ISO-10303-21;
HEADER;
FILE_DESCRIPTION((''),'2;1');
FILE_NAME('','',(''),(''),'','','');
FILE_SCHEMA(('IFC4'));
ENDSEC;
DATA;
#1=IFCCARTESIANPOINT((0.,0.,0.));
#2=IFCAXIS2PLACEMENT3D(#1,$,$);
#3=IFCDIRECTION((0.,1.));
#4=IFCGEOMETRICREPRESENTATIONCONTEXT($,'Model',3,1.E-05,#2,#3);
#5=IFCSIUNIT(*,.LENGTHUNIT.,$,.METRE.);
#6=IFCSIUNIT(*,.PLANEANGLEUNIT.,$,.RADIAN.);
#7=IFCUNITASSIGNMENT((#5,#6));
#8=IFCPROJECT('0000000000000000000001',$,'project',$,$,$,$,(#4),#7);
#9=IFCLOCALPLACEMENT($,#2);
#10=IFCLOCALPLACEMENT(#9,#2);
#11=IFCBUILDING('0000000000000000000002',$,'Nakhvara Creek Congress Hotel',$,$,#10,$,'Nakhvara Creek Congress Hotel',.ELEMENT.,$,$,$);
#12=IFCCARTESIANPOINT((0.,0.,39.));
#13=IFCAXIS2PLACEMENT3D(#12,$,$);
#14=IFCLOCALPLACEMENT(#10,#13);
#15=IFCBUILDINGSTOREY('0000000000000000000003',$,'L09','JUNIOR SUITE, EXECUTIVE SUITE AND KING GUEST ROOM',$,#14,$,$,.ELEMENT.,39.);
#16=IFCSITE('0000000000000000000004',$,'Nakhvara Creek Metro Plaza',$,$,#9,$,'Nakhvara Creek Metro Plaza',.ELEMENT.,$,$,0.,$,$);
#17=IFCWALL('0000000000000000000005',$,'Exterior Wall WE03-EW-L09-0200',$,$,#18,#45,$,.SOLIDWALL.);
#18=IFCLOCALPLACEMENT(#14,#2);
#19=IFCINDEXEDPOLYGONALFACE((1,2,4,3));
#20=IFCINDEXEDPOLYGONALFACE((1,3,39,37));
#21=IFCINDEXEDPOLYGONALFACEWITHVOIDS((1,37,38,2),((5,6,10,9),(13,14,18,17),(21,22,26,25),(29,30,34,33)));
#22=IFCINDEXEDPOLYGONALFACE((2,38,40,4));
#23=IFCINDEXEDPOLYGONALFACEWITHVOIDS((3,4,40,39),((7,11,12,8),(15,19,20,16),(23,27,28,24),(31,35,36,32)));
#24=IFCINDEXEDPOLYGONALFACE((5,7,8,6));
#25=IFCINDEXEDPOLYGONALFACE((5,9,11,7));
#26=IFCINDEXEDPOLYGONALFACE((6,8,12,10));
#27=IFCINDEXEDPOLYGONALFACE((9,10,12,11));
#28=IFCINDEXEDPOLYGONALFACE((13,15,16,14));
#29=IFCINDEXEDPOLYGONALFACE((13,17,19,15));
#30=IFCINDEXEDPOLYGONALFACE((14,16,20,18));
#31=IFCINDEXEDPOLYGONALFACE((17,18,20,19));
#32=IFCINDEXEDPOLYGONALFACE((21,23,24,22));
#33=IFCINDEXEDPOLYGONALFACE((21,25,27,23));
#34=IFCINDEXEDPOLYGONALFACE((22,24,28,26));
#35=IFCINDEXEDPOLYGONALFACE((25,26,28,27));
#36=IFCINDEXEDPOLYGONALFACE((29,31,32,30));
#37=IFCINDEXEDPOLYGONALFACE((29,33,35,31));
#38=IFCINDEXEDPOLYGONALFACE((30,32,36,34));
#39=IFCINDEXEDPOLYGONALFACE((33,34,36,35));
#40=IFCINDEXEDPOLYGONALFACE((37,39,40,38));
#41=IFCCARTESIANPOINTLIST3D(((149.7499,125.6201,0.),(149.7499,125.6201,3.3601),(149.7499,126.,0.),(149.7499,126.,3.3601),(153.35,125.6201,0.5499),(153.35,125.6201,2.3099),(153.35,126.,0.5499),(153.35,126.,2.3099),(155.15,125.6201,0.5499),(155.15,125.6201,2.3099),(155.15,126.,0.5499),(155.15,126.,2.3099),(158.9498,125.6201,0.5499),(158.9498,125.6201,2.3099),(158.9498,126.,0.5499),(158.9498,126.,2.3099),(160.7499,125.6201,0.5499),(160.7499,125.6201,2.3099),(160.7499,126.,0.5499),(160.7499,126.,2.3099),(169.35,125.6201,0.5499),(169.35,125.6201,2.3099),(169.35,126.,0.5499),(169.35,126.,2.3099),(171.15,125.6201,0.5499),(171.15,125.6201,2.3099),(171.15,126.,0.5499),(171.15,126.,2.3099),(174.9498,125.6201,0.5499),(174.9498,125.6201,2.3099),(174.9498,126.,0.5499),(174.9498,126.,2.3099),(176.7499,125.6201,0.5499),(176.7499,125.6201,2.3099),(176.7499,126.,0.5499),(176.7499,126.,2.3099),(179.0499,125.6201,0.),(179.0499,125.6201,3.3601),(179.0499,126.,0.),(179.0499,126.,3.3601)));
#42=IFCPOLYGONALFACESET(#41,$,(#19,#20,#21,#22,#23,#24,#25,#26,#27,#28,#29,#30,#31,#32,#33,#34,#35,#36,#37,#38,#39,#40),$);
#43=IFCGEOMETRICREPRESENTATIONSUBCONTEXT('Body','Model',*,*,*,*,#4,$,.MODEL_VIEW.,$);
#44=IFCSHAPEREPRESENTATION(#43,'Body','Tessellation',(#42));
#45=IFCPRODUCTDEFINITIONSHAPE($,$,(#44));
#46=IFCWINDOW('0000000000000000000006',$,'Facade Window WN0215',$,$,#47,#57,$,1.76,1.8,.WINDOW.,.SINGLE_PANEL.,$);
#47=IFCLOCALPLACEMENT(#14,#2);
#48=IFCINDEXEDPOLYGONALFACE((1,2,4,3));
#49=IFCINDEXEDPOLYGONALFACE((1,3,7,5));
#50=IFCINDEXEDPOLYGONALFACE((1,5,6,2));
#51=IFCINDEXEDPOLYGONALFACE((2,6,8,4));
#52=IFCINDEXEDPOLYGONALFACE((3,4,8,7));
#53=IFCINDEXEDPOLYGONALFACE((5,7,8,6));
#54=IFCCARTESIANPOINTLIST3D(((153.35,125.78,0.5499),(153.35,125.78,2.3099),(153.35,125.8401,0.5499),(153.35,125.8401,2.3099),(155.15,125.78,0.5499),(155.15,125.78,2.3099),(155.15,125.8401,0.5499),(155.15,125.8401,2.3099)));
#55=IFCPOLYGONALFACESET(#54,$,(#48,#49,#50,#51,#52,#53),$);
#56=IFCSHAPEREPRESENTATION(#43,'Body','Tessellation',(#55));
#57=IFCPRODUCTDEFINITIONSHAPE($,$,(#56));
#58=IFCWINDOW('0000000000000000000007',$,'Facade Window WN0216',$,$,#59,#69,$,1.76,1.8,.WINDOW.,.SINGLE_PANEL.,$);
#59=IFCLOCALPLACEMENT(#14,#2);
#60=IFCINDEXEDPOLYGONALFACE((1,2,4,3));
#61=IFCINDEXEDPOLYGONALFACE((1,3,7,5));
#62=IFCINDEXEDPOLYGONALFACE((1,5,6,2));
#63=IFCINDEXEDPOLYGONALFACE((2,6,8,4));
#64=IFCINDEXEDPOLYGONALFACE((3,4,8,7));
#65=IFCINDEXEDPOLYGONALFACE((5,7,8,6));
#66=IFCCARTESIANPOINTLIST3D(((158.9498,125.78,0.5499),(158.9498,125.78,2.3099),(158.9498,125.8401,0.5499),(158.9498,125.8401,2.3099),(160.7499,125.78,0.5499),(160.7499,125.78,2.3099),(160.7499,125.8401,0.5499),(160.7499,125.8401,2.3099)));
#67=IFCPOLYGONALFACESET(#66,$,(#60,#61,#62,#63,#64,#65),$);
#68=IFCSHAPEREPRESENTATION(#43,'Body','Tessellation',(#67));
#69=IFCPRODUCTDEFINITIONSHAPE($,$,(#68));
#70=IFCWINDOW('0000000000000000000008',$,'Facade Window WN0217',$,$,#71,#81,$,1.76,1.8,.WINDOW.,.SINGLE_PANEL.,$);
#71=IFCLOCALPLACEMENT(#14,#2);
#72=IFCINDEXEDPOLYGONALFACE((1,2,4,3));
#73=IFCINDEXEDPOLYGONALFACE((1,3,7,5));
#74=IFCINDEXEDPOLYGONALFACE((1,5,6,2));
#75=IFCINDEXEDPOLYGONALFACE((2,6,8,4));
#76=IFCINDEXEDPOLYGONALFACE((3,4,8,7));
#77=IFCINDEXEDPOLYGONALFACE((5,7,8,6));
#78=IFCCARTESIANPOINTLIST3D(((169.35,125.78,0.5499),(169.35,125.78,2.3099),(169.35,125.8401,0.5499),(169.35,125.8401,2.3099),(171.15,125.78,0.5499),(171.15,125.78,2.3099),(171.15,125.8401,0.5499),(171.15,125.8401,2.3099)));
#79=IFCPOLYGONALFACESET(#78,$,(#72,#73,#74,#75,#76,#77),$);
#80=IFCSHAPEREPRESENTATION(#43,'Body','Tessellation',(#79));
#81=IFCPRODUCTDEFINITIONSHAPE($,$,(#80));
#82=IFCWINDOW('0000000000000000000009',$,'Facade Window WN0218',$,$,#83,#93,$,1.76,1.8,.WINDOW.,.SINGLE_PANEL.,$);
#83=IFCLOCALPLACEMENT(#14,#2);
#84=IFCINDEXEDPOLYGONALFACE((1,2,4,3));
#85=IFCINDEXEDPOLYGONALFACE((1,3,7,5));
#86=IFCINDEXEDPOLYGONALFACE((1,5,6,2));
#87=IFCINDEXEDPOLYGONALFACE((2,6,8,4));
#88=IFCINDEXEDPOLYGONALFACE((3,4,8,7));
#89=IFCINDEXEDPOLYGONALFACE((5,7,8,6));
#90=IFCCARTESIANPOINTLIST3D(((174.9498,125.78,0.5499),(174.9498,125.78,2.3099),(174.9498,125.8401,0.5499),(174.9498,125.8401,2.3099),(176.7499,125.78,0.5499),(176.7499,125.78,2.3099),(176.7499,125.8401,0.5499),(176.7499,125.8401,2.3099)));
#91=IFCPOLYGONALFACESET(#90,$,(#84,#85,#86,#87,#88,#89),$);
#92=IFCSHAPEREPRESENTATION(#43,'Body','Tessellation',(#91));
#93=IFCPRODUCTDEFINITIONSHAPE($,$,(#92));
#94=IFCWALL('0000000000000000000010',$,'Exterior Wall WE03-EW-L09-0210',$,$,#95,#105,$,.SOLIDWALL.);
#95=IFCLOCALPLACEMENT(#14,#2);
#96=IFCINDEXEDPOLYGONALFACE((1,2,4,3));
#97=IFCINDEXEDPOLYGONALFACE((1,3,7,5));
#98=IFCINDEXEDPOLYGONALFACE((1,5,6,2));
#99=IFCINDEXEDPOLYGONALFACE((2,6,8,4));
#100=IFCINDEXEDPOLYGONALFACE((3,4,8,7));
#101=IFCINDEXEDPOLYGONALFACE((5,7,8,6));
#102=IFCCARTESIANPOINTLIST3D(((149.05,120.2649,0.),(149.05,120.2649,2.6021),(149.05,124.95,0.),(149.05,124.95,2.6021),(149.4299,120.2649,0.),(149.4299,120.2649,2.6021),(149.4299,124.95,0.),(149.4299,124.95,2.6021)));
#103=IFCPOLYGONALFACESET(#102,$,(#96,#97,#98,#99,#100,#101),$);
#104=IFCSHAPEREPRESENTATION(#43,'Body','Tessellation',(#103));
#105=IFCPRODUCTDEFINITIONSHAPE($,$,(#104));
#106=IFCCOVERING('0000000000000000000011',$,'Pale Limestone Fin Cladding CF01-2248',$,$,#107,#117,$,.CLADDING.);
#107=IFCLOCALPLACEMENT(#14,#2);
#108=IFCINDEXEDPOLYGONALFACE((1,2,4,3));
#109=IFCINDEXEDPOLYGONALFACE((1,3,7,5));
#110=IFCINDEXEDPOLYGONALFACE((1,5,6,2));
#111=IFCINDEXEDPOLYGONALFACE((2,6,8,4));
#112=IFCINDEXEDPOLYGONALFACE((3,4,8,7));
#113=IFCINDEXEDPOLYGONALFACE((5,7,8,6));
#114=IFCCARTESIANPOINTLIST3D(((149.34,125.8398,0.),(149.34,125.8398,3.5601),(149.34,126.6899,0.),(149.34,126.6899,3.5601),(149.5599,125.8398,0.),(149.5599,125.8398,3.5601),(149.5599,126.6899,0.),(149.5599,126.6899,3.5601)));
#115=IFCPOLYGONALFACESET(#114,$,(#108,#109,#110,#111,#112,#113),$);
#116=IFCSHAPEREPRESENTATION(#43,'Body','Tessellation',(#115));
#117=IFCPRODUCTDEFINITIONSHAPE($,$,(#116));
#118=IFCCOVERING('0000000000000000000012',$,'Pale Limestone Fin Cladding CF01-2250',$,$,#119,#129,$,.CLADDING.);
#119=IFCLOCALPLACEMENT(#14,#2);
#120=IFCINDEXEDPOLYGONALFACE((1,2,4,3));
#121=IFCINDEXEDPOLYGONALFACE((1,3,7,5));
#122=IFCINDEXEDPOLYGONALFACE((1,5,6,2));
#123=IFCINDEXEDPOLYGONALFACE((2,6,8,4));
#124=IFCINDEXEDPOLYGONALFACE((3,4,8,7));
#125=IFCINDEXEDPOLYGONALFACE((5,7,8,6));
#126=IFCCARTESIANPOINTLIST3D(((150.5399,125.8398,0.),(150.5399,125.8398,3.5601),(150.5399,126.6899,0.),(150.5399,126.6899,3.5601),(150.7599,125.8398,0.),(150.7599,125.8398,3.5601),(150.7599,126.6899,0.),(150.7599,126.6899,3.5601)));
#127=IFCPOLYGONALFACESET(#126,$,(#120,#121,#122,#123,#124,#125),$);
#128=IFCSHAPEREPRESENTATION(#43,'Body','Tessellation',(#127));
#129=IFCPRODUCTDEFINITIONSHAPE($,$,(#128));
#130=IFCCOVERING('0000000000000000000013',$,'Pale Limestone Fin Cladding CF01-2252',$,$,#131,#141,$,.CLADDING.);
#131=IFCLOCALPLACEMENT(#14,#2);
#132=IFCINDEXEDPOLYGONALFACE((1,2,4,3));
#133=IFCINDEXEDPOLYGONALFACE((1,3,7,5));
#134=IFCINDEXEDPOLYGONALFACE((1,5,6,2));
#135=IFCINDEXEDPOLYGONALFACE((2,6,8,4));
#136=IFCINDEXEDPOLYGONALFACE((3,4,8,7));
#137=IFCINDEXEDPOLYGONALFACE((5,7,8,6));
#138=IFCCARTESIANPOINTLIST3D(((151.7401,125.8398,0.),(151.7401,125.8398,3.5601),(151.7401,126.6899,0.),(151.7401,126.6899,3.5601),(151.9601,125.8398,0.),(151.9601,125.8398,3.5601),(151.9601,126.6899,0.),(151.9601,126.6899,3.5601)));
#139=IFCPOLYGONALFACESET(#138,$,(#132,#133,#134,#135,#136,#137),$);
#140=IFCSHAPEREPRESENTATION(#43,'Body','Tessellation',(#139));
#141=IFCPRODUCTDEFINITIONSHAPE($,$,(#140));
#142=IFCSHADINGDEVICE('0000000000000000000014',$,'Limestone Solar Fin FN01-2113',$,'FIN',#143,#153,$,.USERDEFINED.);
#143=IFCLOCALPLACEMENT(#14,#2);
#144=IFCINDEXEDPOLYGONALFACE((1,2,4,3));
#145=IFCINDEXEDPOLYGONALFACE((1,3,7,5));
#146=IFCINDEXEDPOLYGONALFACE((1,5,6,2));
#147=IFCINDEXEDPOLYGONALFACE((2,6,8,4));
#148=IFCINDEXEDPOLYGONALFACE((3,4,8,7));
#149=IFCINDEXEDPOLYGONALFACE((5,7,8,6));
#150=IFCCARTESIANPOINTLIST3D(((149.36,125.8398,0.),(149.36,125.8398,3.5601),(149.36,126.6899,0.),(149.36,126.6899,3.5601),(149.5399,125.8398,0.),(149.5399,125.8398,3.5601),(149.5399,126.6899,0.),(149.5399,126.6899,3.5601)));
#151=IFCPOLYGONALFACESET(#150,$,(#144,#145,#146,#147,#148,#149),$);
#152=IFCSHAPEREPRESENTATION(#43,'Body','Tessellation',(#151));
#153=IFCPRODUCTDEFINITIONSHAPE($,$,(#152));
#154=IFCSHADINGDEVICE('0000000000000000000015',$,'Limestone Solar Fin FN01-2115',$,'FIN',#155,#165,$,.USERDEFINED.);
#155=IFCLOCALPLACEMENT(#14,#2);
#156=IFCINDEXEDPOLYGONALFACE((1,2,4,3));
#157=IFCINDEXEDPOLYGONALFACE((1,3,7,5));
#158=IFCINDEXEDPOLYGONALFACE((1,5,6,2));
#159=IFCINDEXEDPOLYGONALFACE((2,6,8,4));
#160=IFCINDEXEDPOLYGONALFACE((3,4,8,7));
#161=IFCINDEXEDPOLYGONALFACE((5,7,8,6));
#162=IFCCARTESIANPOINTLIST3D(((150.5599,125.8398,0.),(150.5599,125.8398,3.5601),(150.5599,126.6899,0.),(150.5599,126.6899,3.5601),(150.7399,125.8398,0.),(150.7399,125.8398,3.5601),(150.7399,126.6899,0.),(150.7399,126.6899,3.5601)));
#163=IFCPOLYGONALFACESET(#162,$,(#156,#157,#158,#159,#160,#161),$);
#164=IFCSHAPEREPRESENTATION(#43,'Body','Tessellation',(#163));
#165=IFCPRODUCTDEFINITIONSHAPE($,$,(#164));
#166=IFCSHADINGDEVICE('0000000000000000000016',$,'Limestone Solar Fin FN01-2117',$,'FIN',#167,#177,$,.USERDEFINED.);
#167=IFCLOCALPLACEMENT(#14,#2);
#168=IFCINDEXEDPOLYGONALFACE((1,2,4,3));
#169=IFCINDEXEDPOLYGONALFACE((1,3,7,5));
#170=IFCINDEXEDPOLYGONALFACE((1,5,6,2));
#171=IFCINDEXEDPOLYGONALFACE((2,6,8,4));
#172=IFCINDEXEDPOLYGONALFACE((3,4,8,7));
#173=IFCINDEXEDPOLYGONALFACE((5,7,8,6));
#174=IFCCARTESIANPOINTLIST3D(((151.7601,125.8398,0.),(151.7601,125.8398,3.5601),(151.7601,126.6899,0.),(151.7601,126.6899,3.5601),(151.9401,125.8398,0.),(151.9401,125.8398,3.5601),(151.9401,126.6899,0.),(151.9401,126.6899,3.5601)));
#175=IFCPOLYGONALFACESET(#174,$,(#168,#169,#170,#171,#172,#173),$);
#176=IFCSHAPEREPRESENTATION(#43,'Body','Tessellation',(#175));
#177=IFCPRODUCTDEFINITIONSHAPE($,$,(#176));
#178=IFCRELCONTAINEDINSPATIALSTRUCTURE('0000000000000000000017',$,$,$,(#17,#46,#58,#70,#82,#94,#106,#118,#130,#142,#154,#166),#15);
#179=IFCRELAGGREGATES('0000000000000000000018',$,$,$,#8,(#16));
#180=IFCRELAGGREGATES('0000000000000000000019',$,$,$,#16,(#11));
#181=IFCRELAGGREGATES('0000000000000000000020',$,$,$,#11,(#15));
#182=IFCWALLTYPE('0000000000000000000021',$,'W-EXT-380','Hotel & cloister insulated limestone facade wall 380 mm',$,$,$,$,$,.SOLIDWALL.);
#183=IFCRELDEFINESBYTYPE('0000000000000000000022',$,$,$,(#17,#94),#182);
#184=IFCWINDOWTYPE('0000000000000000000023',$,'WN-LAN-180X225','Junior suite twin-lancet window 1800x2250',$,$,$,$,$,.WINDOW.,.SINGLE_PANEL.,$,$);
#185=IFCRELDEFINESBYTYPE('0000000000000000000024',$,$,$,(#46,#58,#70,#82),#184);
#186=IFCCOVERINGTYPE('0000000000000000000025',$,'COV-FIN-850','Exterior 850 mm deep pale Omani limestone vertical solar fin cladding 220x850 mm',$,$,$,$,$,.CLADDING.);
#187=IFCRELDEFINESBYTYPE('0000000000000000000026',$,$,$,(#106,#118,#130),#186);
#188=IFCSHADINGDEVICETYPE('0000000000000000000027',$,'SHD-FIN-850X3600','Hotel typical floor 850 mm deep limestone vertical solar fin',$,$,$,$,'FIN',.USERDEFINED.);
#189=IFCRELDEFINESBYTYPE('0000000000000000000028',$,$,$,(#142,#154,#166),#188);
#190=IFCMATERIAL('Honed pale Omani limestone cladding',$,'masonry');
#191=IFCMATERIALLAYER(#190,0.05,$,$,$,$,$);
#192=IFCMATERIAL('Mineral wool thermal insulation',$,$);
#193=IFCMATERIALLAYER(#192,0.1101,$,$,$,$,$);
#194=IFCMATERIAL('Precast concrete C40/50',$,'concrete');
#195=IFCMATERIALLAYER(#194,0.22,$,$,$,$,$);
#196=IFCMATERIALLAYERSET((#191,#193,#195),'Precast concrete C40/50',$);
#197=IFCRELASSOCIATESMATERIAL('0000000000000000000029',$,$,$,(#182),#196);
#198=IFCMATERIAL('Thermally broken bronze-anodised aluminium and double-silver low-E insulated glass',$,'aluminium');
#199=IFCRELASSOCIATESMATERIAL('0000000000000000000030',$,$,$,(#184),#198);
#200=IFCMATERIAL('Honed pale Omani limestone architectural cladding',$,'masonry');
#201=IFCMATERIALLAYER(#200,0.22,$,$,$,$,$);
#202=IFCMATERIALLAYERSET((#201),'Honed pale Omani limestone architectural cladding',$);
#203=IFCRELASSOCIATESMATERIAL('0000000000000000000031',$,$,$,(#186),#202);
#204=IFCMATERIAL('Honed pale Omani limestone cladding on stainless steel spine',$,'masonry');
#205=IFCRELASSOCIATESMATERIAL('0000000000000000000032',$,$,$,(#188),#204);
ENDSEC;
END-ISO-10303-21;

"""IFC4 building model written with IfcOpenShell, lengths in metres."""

from ifc_helpers import new_model, si_unit, direction, frame, frame_2d, origin, origin_2d, place, context, subcontext, project, spatial, rectangle, extrude, material, layer, layer_set, type_object, element, fill, save


model = new_model("IFC4")

# Units and contexts
model_context = context("Model", 3, precision=1e-05, world=origin(), true_north=direction((0.0, 1.0)))
body_context = subcontext(model_context, "Body", "Model", "MODEL_VIEW")
ifc_project = project(units=[si_unit("LENGTHUNIT", "METRE"), si_unit("PLANEANGLEUNIT", "RADIAN")], contexts=[model_context])

# Site, building, storey
site_placement = place(None, origin())
site = spatial("IfcSite", under=ifc_project, at=site_placement, Name="Nakhvara Creek Metro Plaza", LongName="Nakhvara Creek Metro Plaza", CompositionType="ELEMENT", RefElevation=0.0)
building_placement = place(site_placement, origin())
building = spatial("IfcBuilding", under=site, at=building_placement, Name="Nakhvara Creek Congress Hotel", LongName="Nakhvara Creek Congress Hotel", CompositionType="ELEMENT")
storey_placement = place(building_placement, frame((0.0, 0.0, 39.0)))
storey = spatial("IfcBuildingStorey", under=building, at=storey_placement, Name="L09", Description="JUNIOR SUITE, EXECUTIVE SUITE AND KING GUEST ROOM", CompositionType="ELEMENT", Elevation=39.0)

# Wall, openings, windows
ifc_material_1 = material(Name="Honed pale Omani limestone cladding", Category="masonry")
ifc_layer_1 = layer(ifc_material_1, 0.05)
ifc_material_2 = material(Name="Mineral wool thermal insulation")
ifc_layer_2 = layer(ifc_material_2, 0.1101)
ifc_material_3 = material(Name="Precast concrete C40/50", Category="concrete")
ifc_layer_3 = layer(ifc_material_3, 0.22)
ifc_layer_set_1 = layer_set([ifc_layer_1, ifc_layer_2, ifc_layer_3], Name="Precast concrete C40/50")
wall_type = type_object("IfcWallType", Name="W-EXT-380", Description="Hotel & cloister insulated limestone facade wall 380 mm", PredefinedType="SOLIDWALL", material=ifc_layer_set_1)
wall_1_placement = place(storey_placement, frame((149.75, 125.8101, 0.0), z_axis=(0.0, 0.0, 1.0), x_axis=(1.0, 0.0, 0.0)))
wall_1 = element("IfcWall", 1, at=wall_1_placement, inside=storey, type_object=wall_type, Name="Exterior Wall WE03-EW-L09-0200", PredefinedType="SOLIDWALL", context=body_context, shape_type="SweptSolid", body=[
    extrude(rectangle(XDim=29.3, YDim=0.3799, at=frame_2d((14.6499, 0.0))), origin(), (0.0, 0.0, 1.0), 3.3601),
])
opening_1_placement = place(wall_1_placement, frame((3.6001, 0.0, 0.55)))
opening_1 = element("IfcOpeningElement", 2, at=opening_1_placement, cuts=wall_1, PredefinedType="OPENING", context=body_context, shape_type="SweptSolid", body=[
    extrude(rectangle(XDim=1.8, YDim=1.76, at=frame_2d((0.8999, 0.8799))), frame((0.0, 0.2019, 0.0), z_axis=(0.0, -1.0, 0.0), x_axis=(1.0, 0.0, 0.0)), (0.0, 0.0, 1.0), 0.4038),
])
opening_2_placement = place(wall_1_placement, frame((9.2, 0.0, 0.55)))
opening_2 = element("IfcOpeningElement", 3, at=opening_2_placement, cuts=wall_1, PredefinedType="OPENING", context=body_context, shape_type="SweptSolid", body=[
    extrude(rectangle(XDim=1.8, YDim=1.76, at=frame_2d((0.8999, 0.8799))), frame((0.0, 0.2019, 0.0), z_axis=(0.0, -1.0, 0.0), x_axis=(1.0, 0.0, 0.0)), (0.0, 0.0, 1.0), 0.4038),
])
opening_3_placement = place(wall_1_placement, frame((19.6001, 0.0, 0.55)))
opening_3 = element("IfcOpeningElement", 4, at=opening_3_placement, cuts=wall_1, PredefinedType="OPENING", context=body_context, shape_type="SweptSolid", body=[
    extrude(rectangle(XDim=1.8, YDim=1.76, at=frame_2d((0.8999, 0.8799))), frame((0.0, 0.2019, 0.0), z_axis=(0.0, -1.0, 0.0), x_axis=(1.0, 0.0, 0.0)), (0.0, 0.0, 1.0), 0.4038),
])
opening_4_placement = place(wall_1_placement, frame((25.2, 0.0, 0.55)))
opening_4 = element("IfcOpeningElement", 5, at=opening_4_placement, cuts=wall_1, PredefinedType="OPENING", context=body_context, shape_type="SweptSolid", body=[
    extrude(rectangle(XDim=1.8, YDim=1.76, at=frame_2d((0.8999, 0.8799))), frame((0.0, 0.2019, 0.0), z_axis=(0.0, -1.0, 0.0), x_axis=(1.0, 0.0, 0.0)), (0.0, 0.0, 1.0), 0.4038),
])
ifc_material_4 = material(Name="Thermally broken bronze-anodised aluminium and double-silver low-E insulated glass", Category="aluminium")
window_type = type_object("IfcWindowType", Name="WN-LAN-180X225", Description="Junior suite twin-lancet window 1800x2250", PartitioningType="SINGLE_PANEL", PredefinedType="WINDOW", material=ifc_material_4)
window_1_placement = place(opening_1_placement, origin())
window_1 = element("IfcWindow", 6, at=window_1_placement, inside=storey, type_object=window_type, Name="Facade Window WN0215", OverallHeight=1.76, OverallWidth=1.8, PartitioningType="SINGLE_PANEL", PredefinedType="WINDOW", context=body_context, shape_type="SweptSolid", body=[
    extrude(rectangle(XDim=1.8, YDim=1.76, at=frame_2d((0.8999, 0.8799))), frame((0.0, 0.03, 0.0), z_axis=(0.0, -1.0, 0.0), x_axis=(1.0, 0.0, 0.0)), (0.0, 0.0, 1.0), 0.0601),
])
fill(opening_1, window_1)
window_2_placement = place(opening_2_placement, origin())
window_2 = element("IfcWindow", 7, at=window_2_placement, inside=storey, type_object=window_type, Name="Facade Window WN0216", OverallHeight=1.76, OverallWidth=1.8, PartitioningType="SINGLE_PANEL", PredefinedType="WINDOW", context=body_context, shape_type="SweptSolid", body=[
    extrude(rectangle(XDim=1.8, YDim=1.76, at=frame_2d((0.8999, 0.8799))), frame((0.0, 0.03, 0.0), z_axis=(0.0, -1.0, 0.0), x_axis=(1.0, 0.0, 0.0)), (0.0, 0.0, 1.0), 0.0601),
])
fill(opening_2, window_2)
window_3_placement = place(opening_3_placement, origin())
window_3 = element("IfcWindow", 8, at=window_3_placement, inside=storey, type_object=window_type, Name="Facade Window WN0217", OverallHeight=1.76, OverallWidth=1.8, PartitioningType="SINGLE_PANEL", PredefinedType="WINDOW", context=body_context, shape_type="SweptSolid", body=[
    extrude(rectangle(XDim=1.8, YDim=1.76, at=frame_2d((0.8999, 0.8799))), frame((0.0, 0.03, 0.0), z_axis=(0.0, -1.0, 0.0), x_axis=(1.0, 0.0, 0.0)), (0.0, 0.0, 1.0), 0.0601),
])
fill(opening_3, window_3)
window_4_placement = place(opening_4_placement, origin())
window_4 = element("IfcWindow", 9, at=window_4_placement, inside=storey, type_object=window_type, Name="Facade Window WN0218", OverallHeight=1.76, OverallWidth=1.8, PartitioningType="SINGLE_PANEL", PredefinedType="WINDOW", context=body_context, shape_type="SweptSolid", body=[
    extrude(rectangle(XDim=1.8, YDim=1.76, at=frame_2d((0.8999, 0.8799))), frame((0.0, 0.03, 0.0), z_axis=(0.0, -1.0, 0.0), x_axis=(1.0, 0.0, 0.0)), (0.0, 0.0, 1.0), 0.0601),
])
fill(opening_4, window_4)

# Wall
wall_2_placement = place(storey_placement, frame((149.24, 120.2649, 0.0), z_axis=(0.0, 0.0, 1.0), x_axis=(0.0, 1.0, 0.0)))
element("IfcWall", 10, at=wall_2_placement, inside=storey, type_object=wall_type, Name="Exterior Wall WE03-EW-L09-0210", PredefinedType="SOLIDWALL", context=body_context, shape_type="SweptSolid", body=[
    extrude(rectangle(XDim=4.6851, YDim=0.3799, at=frame_2d((2.3425, 0.0))), origin(), (0.0, 0.0, 1.0), 2.6021),
])

# Coverings
ifc_material_5 = material(Name="Honed pale Omani limestone architectural cladding", Category="masonry")
ifc_layer_4 = layer(ifc_material_5, 0.22)
ifc_layer_set_2 = layer_set([ifc_layer_4], Name="Honed pale Omani limestone architectural cladding")
covering_type = type_object("IfcCoveringType", Name="COV-FIN-850", Description="Exterior 850 mm deep pale Omani limestone vertical solar fin cladding 220x850 mm", PredefinedType="CLADDING", material=ifc_layer_set_2)
for number, where, z_axis, x_axis, name in (
    (11, (149.45, 126.2649, 0.0), (0.0, 0.0, 1.0), (1.0, 0.0, 0.0), "Pale Limestone Fin Cladding CF01-2248"),
    (12, (150.6499, 126.2649, 0.0), (0.0, 0.0, 1.0), (1.0, 0.0, 0.0), "Pale Limestone Fin Cladding CF01-2250"),
    (13, (151.8501, 126.2649, 0.0), (0.0, 0.0, 1.0), (1.0, 0.0, 0.0), "Pale Limestone Fin Cladding CF01-2252"),
):
    element("IfcCovering", number, at=place(storey_placement, frame(where, z_axis=z_axis, x_axis=x_axis)), inside=storey, type_object=covering_type, Name=name, PredefinedType="CLADDING", context=body_context, shape_type="SweptSolid", body=[
        extrude(rectangle(XDim=0.22, YDim=0.8501, at=origin_2d()), origin(), (0.0, 0.0, 1.0), 3.5601),
    ])

# Shading devices
ifc_material_6 = material(Name="Honed pale Omani limestone cladding on stainless steel spine", Category="masonry")
shading_device_type = type_object("IfcShadingDeviceType", Name="SHD-FIN-850X3600", Description="Hotel typical floor 850 mm deep limestone vertical solar fin", ElementType="FIN", PredefinedType="USERDEFINED", material=ifc_material_6)
for number, where, z_axis, x_axis, name in (
    (14, (149.45, 126.2649, 0.0), (0.0, 0.0, 1.0), (1.0, 0.0, 0.0), "Limestone Solar Fin FN01-2113"),
    (15, (150.6499, 126.2649, 0.0), (0.0, 0.0, 1.0), (1.0, 0.0, 0.0), "Limestone Solar Fin FN01-2115"),
    (16, (151.8501, 126.2649, 0.0), (0.0, 0.0, 1.0), (1.0, 0.0, 0.0), "Limestone Solar Fin FN01-2117"),
):
    element("IfcShadingDevice", number, at=place(storey_placement, frame(where, z_axis=z_axis, x_axis=x_axis)), inside=storey, type_object=shading_device_type, Name=name, ObjectType="FIN", PredefinedType="USERDEFINED", context=body_context, shape_type="SweptSolid", body=[
        extrude(rectangle(XDim=0.1799, YDim=0.8501, at=origin_2d()), origin(), (0.0, 0.0, 1.0), 3.5601),
    ])

save(model, "model.ifc")
